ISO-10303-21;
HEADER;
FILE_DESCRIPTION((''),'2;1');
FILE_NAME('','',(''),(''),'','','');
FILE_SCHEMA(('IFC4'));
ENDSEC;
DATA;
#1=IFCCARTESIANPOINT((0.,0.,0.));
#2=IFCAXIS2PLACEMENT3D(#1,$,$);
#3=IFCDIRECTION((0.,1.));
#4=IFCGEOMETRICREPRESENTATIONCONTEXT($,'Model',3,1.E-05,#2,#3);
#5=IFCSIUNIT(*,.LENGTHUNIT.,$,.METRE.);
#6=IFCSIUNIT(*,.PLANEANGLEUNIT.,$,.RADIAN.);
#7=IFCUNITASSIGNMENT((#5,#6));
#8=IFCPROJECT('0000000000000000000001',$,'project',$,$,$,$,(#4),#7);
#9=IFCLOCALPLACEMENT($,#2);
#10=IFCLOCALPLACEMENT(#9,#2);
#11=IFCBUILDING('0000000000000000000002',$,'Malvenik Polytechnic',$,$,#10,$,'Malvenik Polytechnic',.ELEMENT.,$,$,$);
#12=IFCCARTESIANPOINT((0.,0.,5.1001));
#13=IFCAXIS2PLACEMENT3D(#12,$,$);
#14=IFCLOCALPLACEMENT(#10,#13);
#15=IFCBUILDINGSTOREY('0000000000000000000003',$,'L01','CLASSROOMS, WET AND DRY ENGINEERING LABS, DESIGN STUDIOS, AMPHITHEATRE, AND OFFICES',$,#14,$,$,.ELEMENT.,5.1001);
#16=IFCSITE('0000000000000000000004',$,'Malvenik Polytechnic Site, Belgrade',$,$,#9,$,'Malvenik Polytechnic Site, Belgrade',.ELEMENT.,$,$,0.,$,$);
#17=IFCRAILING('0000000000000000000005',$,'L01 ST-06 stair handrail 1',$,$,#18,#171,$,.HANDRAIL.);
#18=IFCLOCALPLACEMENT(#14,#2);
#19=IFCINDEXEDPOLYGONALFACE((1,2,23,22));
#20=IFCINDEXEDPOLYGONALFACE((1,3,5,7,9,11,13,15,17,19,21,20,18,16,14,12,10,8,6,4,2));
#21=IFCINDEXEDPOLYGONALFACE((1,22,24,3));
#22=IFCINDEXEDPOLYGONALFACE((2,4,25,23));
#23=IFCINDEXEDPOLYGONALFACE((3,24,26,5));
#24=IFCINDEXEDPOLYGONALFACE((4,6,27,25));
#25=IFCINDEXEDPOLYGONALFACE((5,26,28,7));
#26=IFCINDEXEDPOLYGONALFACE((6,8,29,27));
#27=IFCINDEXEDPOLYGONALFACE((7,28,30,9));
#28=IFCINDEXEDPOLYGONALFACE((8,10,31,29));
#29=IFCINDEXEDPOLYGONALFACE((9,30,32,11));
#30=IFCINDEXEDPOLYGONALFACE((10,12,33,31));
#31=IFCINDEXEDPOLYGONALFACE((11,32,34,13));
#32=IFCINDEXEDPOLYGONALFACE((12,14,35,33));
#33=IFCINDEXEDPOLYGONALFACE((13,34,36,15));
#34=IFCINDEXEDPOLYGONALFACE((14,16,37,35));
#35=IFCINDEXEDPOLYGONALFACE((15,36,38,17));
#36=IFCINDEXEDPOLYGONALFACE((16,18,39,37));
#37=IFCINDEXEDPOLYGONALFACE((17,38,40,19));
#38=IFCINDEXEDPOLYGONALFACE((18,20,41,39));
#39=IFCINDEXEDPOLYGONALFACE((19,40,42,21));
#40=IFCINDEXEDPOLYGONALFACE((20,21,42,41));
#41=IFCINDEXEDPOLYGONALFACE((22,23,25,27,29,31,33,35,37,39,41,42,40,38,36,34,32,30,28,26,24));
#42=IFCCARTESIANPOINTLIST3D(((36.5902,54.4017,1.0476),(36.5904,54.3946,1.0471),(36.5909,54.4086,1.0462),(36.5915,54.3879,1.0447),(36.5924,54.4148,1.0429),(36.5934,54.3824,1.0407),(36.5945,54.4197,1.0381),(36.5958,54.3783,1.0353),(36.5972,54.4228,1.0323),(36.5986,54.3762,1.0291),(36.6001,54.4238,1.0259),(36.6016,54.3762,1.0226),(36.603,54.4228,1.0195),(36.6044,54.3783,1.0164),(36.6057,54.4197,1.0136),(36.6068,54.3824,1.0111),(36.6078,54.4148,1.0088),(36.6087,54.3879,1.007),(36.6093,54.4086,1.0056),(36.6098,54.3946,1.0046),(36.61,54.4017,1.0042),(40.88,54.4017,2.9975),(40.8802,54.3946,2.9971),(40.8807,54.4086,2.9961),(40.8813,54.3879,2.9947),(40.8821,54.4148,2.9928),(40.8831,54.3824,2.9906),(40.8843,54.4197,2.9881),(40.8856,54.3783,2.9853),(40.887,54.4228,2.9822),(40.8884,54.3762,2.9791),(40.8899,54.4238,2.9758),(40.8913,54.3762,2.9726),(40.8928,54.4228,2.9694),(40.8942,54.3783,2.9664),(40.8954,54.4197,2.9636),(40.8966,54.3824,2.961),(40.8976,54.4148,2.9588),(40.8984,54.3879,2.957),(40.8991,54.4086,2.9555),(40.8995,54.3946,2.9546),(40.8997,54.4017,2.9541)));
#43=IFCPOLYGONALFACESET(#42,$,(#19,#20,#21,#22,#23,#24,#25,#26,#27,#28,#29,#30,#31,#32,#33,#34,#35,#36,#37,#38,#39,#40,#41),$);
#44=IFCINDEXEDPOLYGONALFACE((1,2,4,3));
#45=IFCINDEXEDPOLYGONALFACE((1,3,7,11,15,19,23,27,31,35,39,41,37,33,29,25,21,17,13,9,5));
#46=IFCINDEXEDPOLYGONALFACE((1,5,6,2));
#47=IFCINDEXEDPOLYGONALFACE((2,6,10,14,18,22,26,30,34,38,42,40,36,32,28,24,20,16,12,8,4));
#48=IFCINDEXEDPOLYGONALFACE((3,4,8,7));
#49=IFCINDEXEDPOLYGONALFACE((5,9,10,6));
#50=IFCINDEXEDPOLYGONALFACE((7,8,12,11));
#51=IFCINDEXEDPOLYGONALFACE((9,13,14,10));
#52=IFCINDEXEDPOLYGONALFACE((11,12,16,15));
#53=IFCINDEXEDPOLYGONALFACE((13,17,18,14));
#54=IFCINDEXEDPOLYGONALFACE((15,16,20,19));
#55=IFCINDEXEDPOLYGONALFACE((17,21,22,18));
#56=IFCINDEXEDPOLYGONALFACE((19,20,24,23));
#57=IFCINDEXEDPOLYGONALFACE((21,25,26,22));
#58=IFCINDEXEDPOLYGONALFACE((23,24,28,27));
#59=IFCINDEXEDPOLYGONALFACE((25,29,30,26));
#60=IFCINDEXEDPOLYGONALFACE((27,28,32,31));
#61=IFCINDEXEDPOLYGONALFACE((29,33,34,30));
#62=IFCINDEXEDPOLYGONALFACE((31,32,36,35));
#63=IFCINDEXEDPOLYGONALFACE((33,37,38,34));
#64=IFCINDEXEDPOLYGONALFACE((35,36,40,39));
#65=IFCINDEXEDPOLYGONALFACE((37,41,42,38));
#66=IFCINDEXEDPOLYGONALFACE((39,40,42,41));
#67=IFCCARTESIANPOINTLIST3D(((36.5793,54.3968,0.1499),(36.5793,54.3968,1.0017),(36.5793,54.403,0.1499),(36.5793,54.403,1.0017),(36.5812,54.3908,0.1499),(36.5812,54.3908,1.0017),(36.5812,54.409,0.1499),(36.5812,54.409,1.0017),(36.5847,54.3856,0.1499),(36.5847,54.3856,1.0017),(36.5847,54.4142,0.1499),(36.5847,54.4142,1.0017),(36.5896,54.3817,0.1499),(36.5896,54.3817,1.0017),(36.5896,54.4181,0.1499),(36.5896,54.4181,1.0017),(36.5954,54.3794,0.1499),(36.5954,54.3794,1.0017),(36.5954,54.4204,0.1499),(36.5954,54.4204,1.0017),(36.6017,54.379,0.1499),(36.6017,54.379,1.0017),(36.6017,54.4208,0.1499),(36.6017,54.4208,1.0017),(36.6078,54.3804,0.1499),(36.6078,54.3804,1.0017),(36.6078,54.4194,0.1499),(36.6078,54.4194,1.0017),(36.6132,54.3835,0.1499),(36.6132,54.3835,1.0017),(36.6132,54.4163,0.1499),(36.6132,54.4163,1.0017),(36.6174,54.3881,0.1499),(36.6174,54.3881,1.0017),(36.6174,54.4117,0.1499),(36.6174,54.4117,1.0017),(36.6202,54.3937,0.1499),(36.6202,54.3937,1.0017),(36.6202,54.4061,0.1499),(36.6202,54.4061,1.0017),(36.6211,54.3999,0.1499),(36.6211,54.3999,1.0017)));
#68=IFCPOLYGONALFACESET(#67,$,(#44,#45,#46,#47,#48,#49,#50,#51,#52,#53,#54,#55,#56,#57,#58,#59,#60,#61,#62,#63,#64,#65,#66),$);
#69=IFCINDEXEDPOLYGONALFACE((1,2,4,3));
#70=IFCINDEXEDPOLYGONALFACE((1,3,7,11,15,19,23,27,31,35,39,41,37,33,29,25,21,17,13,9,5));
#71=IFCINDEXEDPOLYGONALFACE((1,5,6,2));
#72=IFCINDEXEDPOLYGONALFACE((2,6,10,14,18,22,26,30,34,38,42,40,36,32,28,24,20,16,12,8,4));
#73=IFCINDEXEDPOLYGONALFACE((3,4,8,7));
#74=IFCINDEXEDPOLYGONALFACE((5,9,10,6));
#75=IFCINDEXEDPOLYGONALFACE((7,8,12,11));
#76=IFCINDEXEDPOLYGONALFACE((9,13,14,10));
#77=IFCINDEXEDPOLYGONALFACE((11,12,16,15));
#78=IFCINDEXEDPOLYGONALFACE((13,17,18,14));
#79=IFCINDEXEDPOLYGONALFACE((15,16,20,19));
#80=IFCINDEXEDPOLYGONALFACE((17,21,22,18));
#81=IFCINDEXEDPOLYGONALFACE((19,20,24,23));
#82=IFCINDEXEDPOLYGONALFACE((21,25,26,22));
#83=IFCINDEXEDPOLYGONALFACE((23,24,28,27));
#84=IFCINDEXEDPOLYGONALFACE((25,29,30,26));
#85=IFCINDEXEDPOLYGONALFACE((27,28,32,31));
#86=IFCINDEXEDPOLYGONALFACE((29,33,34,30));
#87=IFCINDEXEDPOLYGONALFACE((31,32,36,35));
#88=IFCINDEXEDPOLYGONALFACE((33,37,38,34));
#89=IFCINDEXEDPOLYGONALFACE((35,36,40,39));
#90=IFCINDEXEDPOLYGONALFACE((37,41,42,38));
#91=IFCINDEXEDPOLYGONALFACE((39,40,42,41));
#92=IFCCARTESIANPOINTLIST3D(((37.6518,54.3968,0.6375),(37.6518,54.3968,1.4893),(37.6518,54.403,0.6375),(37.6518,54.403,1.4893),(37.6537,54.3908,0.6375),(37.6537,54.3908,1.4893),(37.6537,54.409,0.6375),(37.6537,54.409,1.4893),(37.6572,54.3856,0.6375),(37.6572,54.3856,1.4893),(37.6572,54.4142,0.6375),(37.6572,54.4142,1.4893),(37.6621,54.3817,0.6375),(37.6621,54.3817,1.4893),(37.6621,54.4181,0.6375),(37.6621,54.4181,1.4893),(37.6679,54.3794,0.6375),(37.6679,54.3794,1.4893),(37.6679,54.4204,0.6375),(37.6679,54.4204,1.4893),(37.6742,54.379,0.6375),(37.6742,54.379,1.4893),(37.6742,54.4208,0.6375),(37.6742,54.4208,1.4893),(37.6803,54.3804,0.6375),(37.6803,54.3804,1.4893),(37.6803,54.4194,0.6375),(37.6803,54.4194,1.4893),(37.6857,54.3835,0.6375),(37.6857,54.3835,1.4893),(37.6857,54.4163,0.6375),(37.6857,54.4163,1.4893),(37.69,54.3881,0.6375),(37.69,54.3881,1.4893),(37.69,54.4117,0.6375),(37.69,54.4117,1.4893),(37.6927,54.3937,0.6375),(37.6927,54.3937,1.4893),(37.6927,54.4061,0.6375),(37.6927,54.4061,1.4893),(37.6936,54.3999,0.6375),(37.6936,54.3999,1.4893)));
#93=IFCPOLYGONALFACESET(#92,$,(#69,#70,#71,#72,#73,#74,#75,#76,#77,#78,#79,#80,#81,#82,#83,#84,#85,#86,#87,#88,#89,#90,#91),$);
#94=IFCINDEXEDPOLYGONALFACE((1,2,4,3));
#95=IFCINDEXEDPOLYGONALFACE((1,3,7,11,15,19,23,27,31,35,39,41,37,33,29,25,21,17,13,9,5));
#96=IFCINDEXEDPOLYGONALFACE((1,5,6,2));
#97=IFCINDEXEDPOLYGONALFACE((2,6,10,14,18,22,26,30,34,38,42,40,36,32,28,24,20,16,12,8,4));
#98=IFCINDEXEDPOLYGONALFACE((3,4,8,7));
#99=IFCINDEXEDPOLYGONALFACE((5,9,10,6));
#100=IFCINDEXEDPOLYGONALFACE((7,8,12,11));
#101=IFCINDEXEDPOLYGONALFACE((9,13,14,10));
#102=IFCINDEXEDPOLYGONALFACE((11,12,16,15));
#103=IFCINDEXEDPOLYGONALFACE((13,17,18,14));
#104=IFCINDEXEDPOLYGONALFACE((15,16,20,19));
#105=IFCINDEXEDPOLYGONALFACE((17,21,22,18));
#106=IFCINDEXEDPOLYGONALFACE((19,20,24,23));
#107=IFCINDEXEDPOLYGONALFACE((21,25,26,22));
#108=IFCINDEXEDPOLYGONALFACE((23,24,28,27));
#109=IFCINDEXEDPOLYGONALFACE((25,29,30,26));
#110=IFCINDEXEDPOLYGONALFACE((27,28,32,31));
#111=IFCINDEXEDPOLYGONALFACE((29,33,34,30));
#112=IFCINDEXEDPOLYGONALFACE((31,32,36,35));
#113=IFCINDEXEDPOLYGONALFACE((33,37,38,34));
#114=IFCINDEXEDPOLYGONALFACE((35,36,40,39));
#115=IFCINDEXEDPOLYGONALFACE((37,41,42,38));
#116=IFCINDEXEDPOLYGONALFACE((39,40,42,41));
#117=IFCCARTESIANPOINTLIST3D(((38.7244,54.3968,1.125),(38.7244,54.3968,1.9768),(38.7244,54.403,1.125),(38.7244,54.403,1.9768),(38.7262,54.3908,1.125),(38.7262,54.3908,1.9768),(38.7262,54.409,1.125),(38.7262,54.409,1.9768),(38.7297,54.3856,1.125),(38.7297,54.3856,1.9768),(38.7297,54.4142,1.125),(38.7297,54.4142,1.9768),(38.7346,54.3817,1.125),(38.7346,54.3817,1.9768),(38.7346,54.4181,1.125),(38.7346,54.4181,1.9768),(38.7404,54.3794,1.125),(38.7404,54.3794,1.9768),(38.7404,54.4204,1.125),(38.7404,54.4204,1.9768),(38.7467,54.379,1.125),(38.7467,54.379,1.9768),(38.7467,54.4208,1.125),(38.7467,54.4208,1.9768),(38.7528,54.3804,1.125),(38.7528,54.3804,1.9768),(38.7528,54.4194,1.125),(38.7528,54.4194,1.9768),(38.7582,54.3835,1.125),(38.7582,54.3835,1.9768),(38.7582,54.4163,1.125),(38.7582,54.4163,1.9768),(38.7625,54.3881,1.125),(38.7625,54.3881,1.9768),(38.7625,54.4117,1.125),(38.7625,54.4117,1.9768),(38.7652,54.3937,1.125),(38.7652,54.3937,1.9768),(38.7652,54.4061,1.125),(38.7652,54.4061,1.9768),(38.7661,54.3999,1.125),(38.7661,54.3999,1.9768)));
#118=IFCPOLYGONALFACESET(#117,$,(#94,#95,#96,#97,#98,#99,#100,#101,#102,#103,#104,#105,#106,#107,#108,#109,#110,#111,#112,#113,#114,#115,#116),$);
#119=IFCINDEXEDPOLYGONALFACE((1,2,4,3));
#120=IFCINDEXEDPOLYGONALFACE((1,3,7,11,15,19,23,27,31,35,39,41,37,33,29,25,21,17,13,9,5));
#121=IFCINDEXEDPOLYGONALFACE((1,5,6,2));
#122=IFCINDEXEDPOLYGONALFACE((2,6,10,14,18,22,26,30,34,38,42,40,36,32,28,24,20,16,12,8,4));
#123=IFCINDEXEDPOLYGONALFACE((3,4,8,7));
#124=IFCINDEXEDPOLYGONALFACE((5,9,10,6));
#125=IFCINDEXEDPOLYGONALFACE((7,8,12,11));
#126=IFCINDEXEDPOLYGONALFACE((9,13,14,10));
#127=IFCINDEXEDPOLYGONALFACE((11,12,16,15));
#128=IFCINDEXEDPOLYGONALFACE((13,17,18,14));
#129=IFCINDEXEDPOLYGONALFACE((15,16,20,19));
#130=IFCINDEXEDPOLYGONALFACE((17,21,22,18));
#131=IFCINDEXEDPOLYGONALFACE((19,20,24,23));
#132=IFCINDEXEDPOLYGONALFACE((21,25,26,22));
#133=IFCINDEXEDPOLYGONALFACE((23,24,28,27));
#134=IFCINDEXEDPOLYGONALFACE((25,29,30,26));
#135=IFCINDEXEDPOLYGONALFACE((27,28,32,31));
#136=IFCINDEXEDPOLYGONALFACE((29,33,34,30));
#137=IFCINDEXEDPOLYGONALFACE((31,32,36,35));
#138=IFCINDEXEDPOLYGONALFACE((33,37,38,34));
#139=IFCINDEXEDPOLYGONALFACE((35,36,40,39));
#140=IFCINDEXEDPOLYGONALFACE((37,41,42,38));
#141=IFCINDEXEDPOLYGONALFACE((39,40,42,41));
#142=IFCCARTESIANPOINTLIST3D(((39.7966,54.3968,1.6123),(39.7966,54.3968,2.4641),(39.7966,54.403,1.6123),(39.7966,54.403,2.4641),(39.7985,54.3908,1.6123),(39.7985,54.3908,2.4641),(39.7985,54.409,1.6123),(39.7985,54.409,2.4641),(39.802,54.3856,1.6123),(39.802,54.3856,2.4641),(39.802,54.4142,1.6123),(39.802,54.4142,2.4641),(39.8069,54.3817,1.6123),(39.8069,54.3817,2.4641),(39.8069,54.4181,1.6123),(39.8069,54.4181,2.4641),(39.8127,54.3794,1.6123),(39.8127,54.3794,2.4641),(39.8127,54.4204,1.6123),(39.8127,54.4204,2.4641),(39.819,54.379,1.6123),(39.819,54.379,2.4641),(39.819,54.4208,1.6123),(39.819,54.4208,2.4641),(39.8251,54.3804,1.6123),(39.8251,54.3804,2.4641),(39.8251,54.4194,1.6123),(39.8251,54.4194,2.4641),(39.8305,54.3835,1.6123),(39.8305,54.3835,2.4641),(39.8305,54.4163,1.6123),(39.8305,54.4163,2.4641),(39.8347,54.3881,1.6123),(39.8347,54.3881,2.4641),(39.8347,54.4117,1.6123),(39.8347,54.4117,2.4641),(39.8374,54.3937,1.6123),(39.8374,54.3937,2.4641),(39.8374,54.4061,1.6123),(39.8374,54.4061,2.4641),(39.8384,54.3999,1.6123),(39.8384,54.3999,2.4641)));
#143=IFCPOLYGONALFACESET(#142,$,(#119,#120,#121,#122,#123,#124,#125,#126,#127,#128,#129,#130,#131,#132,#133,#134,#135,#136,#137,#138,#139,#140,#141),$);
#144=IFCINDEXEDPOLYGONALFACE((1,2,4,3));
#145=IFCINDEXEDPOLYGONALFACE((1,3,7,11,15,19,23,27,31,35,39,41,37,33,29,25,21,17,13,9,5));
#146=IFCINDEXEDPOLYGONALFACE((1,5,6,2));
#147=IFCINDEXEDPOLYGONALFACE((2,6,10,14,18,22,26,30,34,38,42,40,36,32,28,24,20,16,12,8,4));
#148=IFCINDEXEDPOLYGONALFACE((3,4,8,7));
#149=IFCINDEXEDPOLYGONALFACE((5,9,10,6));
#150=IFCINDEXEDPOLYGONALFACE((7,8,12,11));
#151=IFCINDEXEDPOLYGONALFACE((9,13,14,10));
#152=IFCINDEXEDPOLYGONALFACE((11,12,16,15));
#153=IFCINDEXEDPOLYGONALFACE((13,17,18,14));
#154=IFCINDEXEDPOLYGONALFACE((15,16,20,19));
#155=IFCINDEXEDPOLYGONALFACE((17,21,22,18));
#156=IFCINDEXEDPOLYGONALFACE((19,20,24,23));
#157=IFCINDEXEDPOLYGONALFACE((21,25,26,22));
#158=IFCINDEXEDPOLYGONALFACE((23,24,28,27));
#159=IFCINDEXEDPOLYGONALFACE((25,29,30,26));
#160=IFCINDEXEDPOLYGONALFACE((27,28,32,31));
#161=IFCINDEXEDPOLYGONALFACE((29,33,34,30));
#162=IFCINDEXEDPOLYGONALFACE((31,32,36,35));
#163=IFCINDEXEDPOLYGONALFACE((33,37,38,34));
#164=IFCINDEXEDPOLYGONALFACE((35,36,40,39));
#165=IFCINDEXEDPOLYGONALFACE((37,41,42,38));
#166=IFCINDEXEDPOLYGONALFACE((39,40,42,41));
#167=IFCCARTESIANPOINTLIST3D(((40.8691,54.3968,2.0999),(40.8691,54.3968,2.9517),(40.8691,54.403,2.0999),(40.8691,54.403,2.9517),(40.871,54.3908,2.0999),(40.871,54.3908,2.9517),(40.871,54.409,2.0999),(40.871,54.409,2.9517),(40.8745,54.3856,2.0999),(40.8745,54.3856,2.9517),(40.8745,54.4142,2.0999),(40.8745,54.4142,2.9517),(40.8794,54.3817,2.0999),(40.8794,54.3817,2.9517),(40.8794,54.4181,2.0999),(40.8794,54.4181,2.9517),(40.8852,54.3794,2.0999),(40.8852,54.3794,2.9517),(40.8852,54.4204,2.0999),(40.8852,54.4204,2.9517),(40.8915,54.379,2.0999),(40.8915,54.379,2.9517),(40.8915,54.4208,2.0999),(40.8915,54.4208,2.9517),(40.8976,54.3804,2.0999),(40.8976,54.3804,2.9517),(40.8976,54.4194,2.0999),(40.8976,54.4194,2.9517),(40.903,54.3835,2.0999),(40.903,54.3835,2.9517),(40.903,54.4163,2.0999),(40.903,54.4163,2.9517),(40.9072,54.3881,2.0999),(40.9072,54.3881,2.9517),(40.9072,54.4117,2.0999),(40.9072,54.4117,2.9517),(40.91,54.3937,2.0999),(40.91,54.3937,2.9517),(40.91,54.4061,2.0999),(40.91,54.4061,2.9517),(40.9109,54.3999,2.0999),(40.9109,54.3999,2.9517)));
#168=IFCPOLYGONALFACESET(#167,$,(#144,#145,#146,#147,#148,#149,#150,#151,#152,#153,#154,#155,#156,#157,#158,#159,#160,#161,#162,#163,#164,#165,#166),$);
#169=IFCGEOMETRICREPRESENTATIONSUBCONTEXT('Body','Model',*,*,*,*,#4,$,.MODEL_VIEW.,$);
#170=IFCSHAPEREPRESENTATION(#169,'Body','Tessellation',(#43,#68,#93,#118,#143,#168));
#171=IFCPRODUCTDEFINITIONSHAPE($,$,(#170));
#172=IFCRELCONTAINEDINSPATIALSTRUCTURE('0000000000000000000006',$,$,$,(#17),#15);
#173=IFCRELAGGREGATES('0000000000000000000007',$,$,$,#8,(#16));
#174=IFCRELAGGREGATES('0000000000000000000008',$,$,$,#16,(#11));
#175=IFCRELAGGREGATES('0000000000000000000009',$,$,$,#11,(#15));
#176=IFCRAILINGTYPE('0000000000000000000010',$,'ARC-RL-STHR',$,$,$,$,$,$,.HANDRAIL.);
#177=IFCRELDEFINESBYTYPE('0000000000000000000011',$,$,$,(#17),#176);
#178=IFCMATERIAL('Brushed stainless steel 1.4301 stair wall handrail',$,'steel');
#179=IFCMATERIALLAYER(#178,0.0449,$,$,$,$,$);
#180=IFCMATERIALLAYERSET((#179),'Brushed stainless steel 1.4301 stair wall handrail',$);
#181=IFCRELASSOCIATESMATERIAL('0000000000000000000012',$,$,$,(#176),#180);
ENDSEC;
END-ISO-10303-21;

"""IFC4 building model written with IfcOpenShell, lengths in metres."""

from ifc_helpers import new_model, si_unit, direction, frame, origin, origin_2d, place, context, subcontext, project, spatial, circle, extrude, material, layer, layer_set, type_object, element, save


model = new_model("IFC4")

# Units and contexts
model_context = context("Model", 3, precision=1e-05, world=origin(), true_north=direction((0.0, 1.0)))
body_context = subcontext(model_context, "Body", "Model", "MODEL_VIEW")
ifc_project = project(units=[si_unit("LENGTHUNIT", "METRE"), si_unit("PLANEANGLEUNIT", "RADIAN")], contexts=[model_context])

# Site, building, storey
site_placement = place(None, origin())
site = spatial("IfcSite", under=ifc_project, at=site_placement, Name="Malvenik Polytechnic Site, Belgrade", LongName="Malvenik Polytechnic Site, Belgrade", CompositionType="ELEMENT", RefElevation=0.0)
building_placement = place(site_placement, origin())
building = spatial("IfcBuilding", under=site, at=building_placement, Name="Malvenik Polytechnic", LongName="Malvenik Polytechnic", CompositionType="ELEMENT")
storey_placement = place(building_placement, frame((0.0, 0.0, 5.1001)))
storey = spatial("IfcBuildingStorey", under=building, at=storey_placement, Name="L01", Description="CLASSROOMS, WET AND DRY ENGINEERING LABS, DESIGN STUDIOS, AMPHITHEATRE, AND OFFICES", CompositionType="ELEMENT", Elevation=5.1001)

# Railing
ifc_material_1 = material(Name="Brushed stainless steel 1.4301 stair wall handrail", Category="steel")
ifc_layer_1 = layer(ifc_material_1, 0.0449)
ifc_layer_set_1 = layer_set([ifc_layer_1], Name="Brushed stainless steel 1.4301 stair wall handrail")
railing_type_1 = type_object("IfcRailingType", Name="ARC-RL-STHR", PredefinedType="HANDRAIL", material=ifc_layer_set_1)
railing_1_placement = place(storey_placement, frame((36.6001, 54.3999, 0.1499)))
element("IfcRailing", 1, at=railing_1_placement, inside=storey, type_object=railing_type_1, Name="L01 ST-06 stair handrail 1", PredefinedType="HANDRAIL", context=body_context, shape_type="SweptSolid", body=[
    extrude(circle(Radius=0.0239, at=origin_2d()), frame((0.0, 0.0, 0.876), z_axis=(0.910363, 0.0, 0.413811), x_axis=(0.0, 1.0, 0.0)), (0.0, 0.0, 1.0), 4.7122),
    extrude(circle(Radius=0.021, at=origin_2d()), origin(), (0.0, 0.0, 1.0), 0.8518),
    extrude(circle(Radius=0.021, at=origin_2d()), frame((1.0725, 0.0, 0.4875)), (0.0, 0.0, 1.0), 0.8518),
    extrude(circle(Radius=0.021, at=origin_2d()), frame((2.145, 0.0, 0.9751)), (0.0, 0.0, 1.0), 0.8518),
    extrude(circle(Radius=0.021, at=origin_2d()), frame((3.2173, 0.0, 1.4624)), (0.0, 0.0, 1.0), 0.8518),
    extrude(circle(Radius=0.021, at=origin_2d()), frame((4.2898, 0.0, 1.95)), (0.0, 0.0, 1.0), 0.8518),
])

save(model, "model.ifc")
